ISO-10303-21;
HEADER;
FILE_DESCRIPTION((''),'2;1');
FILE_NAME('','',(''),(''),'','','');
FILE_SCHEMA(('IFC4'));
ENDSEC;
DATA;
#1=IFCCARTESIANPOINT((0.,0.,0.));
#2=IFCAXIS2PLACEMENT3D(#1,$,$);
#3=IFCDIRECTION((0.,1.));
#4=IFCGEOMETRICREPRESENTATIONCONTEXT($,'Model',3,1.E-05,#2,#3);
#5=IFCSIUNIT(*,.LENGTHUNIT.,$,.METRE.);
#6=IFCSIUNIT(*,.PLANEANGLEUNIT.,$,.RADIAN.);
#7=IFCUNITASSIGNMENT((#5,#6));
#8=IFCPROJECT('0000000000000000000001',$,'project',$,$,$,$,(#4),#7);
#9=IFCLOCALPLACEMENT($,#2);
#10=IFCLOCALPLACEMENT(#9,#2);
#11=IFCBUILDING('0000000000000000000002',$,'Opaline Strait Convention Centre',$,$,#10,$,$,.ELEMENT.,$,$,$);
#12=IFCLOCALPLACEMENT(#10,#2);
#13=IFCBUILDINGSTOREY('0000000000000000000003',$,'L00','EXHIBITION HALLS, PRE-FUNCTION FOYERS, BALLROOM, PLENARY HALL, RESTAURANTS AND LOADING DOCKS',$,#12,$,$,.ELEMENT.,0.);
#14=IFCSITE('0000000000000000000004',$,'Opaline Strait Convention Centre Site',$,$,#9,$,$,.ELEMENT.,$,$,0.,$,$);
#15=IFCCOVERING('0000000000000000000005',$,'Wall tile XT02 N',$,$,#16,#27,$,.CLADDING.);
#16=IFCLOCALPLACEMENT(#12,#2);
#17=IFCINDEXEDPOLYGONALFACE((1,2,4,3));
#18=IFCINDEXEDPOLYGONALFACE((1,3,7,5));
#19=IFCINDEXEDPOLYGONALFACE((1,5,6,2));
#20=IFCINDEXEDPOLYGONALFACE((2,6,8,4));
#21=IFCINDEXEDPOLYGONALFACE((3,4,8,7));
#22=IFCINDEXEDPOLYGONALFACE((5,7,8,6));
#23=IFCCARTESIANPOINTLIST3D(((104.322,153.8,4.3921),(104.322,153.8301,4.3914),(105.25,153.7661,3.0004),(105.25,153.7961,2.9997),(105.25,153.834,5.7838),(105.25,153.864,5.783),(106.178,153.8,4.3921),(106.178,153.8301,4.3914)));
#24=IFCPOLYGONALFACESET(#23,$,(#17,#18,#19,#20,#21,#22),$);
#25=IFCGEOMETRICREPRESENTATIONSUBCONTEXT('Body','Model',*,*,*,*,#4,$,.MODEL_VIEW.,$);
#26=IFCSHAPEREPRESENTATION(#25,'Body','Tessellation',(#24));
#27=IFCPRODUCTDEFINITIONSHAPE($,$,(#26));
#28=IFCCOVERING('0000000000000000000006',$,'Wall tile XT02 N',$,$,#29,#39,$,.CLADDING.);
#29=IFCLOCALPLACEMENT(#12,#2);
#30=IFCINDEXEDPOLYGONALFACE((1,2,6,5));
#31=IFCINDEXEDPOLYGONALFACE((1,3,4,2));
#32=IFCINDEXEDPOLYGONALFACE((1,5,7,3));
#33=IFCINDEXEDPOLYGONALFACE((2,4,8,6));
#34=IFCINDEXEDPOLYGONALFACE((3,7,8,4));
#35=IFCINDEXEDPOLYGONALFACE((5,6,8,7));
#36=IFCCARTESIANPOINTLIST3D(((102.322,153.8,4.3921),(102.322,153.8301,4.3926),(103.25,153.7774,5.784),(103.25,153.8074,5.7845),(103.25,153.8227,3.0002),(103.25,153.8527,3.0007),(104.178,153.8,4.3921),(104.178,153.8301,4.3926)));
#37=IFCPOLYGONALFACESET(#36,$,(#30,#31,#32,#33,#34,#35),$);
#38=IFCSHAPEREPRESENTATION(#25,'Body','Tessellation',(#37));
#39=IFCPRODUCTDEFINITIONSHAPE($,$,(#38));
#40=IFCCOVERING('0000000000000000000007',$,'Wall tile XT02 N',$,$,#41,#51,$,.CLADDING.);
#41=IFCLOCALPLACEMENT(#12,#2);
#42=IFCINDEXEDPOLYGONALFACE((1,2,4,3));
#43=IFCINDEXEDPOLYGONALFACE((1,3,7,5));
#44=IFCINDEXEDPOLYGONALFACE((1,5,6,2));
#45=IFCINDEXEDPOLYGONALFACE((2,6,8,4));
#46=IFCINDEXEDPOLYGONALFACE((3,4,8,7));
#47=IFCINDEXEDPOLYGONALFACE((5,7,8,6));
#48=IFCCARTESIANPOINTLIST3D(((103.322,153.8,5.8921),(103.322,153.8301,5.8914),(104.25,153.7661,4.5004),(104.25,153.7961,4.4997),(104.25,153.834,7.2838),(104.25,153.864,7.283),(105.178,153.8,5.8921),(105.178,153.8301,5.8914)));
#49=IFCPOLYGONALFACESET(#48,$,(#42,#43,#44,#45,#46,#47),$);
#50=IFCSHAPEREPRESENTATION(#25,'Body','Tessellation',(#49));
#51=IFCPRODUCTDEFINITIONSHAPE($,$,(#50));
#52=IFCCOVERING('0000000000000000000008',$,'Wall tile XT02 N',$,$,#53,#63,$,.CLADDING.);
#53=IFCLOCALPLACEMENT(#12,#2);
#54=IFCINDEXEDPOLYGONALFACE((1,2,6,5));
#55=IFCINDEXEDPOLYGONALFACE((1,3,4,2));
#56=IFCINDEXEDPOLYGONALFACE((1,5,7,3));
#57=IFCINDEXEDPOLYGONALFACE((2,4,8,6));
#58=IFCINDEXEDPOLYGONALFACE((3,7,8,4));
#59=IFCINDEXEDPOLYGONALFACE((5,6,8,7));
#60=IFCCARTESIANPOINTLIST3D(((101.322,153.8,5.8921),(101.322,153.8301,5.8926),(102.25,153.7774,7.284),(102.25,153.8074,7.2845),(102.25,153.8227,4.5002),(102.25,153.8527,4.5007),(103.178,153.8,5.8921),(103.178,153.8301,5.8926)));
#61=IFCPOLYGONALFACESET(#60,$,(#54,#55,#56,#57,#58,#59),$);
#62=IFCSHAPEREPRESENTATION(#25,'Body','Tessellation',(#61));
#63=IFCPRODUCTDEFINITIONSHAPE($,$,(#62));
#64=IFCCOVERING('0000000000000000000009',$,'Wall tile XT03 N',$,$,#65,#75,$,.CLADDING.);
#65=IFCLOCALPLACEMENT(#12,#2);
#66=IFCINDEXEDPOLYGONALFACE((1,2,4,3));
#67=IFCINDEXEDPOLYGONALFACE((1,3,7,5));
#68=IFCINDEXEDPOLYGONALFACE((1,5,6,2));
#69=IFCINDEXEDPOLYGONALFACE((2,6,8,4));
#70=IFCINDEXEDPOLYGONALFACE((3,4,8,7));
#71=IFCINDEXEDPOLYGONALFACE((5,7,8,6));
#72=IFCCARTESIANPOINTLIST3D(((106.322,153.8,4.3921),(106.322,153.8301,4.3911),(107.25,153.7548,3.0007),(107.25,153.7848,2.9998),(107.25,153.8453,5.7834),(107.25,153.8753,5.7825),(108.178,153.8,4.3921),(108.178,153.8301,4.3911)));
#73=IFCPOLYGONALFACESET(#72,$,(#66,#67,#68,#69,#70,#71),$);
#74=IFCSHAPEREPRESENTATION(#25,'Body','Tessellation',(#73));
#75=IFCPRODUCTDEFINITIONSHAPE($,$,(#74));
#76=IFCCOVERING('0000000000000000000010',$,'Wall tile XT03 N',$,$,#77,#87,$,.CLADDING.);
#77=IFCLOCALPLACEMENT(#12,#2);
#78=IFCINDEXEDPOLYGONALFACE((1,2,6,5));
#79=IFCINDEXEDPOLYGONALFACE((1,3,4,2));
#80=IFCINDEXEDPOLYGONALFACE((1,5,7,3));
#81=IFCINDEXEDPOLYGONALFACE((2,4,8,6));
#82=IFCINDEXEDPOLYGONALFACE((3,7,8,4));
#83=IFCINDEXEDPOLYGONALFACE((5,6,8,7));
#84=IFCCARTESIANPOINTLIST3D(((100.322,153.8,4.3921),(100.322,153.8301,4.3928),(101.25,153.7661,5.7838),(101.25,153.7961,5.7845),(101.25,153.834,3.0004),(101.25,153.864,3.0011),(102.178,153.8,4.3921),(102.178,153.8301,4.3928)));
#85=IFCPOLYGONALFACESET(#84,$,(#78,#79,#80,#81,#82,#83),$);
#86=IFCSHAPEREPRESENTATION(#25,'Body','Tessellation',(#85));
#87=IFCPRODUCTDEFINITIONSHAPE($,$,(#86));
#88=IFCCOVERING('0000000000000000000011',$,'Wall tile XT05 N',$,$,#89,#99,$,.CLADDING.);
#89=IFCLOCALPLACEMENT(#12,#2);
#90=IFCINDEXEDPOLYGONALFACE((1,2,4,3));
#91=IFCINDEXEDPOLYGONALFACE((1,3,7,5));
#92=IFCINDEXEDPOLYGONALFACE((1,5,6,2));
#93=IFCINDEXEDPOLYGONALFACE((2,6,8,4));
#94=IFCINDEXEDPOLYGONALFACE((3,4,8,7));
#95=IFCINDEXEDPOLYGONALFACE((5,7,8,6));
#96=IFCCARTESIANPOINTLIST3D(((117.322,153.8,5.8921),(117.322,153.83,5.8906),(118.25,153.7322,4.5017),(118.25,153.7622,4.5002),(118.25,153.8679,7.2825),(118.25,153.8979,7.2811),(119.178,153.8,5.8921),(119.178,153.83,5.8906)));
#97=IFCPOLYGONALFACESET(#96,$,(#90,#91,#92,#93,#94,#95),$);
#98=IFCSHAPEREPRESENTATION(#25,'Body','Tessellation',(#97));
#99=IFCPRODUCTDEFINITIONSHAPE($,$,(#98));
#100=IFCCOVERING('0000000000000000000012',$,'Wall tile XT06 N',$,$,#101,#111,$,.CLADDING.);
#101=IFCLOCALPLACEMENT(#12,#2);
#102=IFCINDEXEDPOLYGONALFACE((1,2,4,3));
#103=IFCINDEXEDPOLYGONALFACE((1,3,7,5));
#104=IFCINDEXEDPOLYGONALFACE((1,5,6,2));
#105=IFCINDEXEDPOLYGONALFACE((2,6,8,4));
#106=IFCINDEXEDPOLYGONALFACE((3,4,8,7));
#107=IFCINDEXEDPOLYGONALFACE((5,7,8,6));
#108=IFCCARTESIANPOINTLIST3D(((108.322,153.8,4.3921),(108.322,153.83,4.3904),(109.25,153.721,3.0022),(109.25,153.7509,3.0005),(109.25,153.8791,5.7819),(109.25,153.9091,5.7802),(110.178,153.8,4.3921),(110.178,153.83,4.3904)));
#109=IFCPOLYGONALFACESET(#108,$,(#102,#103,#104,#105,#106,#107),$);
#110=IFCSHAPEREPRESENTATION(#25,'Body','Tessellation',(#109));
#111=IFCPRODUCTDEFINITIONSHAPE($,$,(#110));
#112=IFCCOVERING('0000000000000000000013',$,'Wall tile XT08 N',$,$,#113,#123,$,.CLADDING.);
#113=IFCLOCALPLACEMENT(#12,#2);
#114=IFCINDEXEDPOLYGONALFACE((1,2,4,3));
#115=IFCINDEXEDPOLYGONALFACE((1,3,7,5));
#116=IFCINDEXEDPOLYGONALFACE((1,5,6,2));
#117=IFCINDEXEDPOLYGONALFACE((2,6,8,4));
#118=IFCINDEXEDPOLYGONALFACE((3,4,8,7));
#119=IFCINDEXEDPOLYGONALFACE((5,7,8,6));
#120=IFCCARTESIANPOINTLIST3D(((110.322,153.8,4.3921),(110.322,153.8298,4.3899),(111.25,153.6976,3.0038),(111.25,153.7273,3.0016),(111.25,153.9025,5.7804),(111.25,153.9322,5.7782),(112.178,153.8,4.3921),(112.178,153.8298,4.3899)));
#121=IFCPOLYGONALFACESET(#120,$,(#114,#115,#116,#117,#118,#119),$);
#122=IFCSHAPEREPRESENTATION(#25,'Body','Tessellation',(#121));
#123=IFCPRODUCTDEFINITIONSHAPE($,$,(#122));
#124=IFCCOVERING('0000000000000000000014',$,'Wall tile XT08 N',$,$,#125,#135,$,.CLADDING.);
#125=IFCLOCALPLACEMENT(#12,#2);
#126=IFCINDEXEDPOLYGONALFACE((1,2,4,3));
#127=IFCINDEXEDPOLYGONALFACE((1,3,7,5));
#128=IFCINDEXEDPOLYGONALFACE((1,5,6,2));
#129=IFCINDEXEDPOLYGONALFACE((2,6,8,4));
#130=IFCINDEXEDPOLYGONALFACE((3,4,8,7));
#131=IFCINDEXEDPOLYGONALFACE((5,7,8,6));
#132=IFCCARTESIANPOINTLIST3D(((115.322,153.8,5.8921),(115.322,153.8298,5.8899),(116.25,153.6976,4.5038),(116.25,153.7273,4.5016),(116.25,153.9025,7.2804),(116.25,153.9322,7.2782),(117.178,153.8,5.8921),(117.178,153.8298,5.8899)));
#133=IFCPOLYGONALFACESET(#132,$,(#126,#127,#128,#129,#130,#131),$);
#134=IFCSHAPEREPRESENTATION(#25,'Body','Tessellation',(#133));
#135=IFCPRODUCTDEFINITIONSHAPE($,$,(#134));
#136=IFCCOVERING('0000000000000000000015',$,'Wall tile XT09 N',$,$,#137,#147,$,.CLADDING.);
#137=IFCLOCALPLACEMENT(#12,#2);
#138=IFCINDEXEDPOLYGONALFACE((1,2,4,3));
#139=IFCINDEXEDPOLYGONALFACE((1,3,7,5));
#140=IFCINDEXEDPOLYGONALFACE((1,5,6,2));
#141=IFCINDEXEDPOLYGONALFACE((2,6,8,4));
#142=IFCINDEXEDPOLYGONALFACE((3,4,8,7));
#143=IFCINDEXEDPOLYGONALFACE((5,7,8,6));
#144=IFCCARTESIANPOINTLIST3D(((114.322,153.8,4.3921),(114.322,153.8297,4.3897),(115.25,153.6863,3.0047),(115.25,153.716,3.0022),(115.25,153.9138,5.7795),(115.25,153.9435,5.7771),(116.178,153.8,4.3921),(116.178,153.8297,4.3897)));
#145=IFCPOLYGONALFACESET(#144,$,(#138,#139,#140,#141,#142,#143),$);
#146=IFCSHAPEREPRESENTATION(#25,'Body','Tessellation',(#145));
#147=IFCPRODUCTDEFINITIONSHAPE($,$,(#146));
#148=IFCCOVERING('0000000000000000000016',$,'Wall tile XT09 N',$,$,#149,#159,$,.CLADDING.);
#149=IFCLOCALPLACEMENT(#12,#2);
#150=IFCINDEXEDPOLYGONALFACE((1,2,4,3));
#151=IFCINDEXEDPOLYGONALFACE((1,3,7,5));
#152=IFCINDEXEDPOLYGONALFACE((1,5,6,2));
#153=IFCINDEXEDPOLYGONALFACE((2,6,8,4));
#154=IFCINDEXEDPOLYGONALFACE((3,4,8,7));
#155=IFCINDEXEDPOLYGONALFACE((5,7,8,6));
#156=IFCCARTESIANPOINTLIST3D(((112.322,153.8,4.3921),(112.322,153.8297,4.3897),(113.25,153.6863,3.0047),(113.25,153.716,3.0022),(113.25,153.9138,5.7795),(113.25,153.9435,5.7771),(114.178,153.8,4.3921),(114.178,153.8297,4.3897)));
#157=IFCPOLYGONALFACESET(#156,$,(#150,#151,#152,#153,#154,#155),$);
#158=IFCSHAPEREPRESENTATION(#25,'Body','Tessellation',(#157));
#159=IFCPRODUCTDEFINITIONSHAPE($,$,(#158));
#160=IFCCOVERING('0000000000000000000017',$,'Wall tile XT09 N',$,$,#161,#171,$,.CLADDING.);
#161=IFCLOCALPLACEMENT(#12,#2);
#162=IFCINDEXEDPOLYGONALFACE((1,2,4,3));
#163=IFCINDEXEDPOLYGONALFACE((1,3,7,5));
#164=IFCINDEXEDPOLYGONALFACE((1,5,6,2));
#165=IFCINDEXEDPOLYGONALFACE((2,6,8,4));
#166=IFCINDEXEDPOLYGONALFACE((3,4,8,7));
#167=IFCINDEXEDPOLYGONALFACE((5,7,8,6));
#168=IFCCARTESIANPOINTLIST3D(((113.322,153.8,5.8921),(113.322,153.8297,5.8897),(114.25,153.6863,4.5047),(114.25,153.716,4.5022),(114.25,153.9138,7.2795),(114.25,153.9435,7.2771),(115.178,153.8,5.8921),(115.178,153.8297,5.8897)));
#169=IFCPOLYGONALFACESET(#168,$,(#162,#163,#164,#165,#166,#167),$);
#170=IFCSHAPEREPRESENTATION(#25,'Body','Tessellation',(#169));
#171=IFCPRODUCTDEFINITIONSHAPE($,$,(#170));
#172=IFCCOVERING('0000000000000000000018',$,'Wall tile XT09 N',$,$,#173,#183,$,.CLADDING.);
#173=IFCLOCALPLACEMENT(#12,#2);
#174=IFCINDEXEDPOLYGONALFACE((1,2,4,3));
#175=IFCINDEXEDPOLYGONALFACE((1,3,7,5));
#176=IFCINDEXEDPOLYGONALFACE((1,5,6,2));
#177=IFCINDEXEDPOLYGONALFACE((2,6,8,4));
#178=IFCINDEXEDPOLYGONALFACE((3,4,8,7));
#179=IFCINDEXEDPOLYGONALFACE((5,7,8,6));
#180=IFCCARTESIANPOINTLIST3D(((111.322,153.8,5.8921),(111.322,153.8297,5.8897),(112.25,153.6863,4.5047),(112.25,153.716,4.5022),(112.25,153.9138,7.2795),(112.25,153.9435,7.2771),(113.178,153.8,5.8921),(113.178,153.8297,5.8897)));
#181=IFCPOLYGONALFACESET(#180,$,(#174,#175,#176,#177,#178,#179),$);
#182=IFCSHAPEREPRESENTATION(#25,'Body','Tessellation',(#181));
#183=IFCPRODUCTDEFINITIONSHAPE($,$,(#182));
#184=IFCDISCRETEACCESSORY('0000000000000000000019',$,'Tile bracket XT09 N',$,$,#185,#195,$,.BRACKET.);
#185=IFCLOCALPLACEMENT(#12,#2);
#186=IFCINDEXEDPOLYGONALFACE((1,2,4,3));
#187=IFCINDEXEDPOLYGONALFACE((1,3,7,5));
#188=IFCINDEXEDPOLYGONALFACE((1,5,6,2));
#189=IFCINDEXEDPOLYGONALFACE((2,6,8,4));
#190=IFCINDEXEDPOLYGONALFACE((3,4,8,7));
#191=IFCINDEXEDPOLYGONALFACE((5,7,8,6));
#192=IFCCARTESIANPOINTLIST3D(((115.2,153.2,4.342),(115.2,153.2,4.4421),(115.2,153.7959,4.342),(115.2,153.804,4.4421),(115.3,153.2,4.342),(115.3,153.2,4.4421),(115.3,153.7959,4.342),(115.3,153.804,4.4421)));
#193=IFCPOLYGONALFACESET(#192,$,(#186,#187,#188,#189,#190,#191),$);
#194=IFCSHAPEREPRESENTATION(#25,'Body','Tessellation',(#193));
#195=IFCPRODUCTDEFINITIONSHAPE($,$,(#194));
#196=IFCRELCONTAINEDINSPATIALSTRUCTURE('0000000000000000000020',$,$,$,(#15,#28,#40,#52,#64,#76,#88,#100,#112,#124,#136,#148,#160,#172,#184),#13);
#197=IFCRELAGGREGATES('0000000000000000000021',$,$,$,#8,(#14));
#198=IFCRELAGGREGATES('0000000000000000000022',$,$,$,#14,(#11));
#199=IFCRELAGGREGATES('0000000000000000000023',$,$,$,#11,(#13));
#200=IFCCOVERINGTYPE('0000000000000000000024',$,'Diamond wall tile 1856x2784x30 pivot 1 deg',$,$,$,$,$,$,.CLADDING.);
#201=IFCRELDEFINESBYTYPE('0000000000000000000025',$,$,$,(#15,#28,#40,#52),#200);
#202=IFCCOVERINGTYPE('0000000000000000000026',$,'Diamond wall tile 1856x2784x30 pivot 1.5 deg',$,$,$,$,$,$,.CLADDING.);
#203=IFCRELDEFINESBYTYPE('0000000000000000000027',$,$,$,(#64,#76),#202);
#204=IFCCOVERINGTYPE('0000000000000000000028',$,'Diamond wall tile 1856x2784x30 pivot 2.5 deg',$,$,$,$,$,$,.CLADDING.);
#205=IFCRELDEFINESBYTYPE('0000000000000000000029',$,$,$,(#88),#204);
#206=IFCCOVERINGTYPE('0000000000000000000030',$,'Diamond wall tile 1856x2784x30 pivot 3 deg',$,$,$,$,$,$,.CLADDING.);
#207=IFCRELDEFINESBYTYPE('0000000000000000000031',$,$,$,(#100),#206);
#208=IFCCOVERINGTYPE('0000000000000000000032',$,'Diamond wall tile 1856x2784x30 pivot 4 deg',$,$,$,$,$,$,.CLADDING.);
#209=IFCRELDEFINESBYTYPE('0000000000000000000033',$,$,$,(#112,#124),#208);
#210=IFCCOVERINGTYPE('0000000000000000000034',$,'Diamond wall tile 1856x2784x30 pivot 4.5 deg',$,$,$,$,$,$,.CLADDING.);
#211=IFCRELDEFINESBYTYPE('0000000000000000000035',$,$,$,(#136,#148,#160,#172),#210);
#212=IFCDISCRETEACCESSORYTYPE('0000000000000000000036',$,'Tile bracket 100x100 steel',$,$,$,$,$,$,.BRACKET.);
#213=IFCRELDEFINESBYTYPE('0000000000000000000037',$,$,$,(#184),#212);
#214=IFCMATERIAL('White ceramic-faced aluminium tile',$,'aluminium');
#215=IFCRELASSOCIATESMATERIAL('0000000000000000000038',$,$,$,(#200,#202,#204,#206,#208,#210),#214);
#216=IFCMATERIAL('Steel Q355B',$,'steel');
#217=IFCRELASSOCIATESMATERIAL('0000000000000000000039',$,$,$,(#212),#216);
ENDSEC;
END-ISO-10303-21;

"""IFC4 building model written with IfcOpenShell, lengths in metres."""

from ifc_helpers import new_model, si_unit, direction, frame, origin, place, context, subcontext, project, spatial, polyline, outline, extrude, material, material_profile, profile_set, type_object, element, save


model = new_model("IFC4")

# Units and contexts
model_context = context("Model", 3, precision=1e-05, world=origin(), true_north=direction((0.0, 1.0)))
body_context = subcontext(model_context, "Body", "Model", "MODEL_VIEW")
ifc_project = project(units=[si_unit("LENGTHUNIT", "METRE"), si_unit("PLANEANGLEUNIT", "RADIAN")], contexts=[model_context])

# Site, building, storey
site_placement = place(None, origin())
site = spatial("IfcSite", under=ifc_project, at=site_placement, Name="Opaline Strait Convention Centre Site", CompositionType="ELEMENT", RefElevation=0.0)
building_placement = place(site_placement, origin())
building = spatial("IfcBuilding", under=site, at=building_placement, Name="Opaline Strait Convention Centre", CompositionType="ELEMENT")
storey_placement = place(building_placement, origin())
storey = spatial("IfcBuildingStorey", under=building, at=storey_placement, Name="L00", Description="EXHIBITION HALLS, PRE-FUNCTION FOYERS, BALLROOM, PLENARY HALL, RESTAURANTS AND LOADING DOCKS", CompositionType="ELEMENT", Elevation=0.0)

# Coverings
ifc_material_1 = material(Name="White ceramic-faced aluminium tile", Category="aluminium")
ifc_material_profile_1 = material_profile(ifc_material_1, outline(polyline([(0.928, 0.0), (0.0, 1.3921), (-0.928, 0.0), (0.0, -1.3921), (0.928, 0.0)])), Name="Diamond tile 1856x2784")
ifc_profile_set_1 = profile_set([ifc_material_profile_1], Name="White ceramic-faced aluminium tile")
covering_type_1 = type_object("IfcCoveringType", Name="Diamond wall tile 1856x2784x30 pivot 1 deg", PredefinedType="CLADDING", material=ifc_profile_set_1)
for number, where, z_axis, x_axis, name in (
    (1, (105.25, 153.8, 4.3921), (0.0, 0.999703, -0.024383), (-1.0, 0.0, 0.0), "Wall tile XT02 N"),
    (2, (103.25, 153.8, 4.3921), (0.0, 0.999868, 0.016258), (-1.0, 0.0, 0.0), "Wall tile XT02 N"),
    (3, (104.25, 153.8, 5.8921), (0.0, 0.999703, -0.024383), (-1.0, 0.0, 0.0), "Wall tile XT02 N"),
    (4, (102.25, 153.8, 5.8921), (0.0, 0.999868, 0.016258), (-1.0, 0.0, 0.0), "Wall tile XT02 N"),
):
    element("IfcCovering", number, at=place(storey_placement, frame(where, z_axis=z_axis, x_axis=x_axis)), inside=storey, type_object=covering_type_1, Name=name, PredefinedType="CLADDING", context=body_context, shape_type="SweptSolid", body=[
        extrude(outline(polyline([(0.928, 0.0), (0.0, 1.3921), (-0.928, 0.0), (0.0, -1.3921), (0.928, 0.0)])), origin(), (0.0, 0.0, 1.0), 0.03),
    ])
ifc_material_profile_2 = material_profile(ifc_material_1, outline(polyline([(0.928, 0.0), (0.0, 1.3921), (-0.928, 0.0), (0.0, -1.3921), (0.928, 0.0)])), Name="Diamond tile 1856x2784")
ifc_profile_set_2 = profile_set([ifc_material_profile_2], Name="White ceramic-faced aluminium tile")
covering_type_2 = type_object("IfcCoveringType", Name="Diamond wall tile 1856x2784x30 pivot 1.5 deg", PredefinedType="CLADDING", material=ifc_profile_set_2)
for number, where, z_axis, x_axis, name in (
    (5, (107.25, 153.8, 4.3921), (0.0, 0.999472, -0.032503), (-1.0, 0.0, 0.0), "Wall tile XT03 N"),
    (6, (101.25, 153.8, 4.3921), (0.0, 0.999703, 0.024383), (-1.0, 0.0, 0.0), "Wall tile XT03 N"),
):
    element("IfcCovering", number, at=place(storey_placement, frame(where, z_axis=z_axis, x_axis=x_axis)), inside=storey, type_object=covering_type_2, Name=name, PredefinedType="CLADDING", context=body_context, shape_type="SweptSolid", body=[
        extrude(outline(polyline([(0.928, 0.0), (0.0, 1.3921), (-0.928, 0.0), (0.0, -1.3921), (0.928, 0.0)])), origin(), (0.0, 0.0, 1.0), 0.03),
    ])
ifc_material_profile_3 = material_profile(ifc_material_1, outline(polyline([(0.928, 0.0), (0.0, 1.3921), (-0.928, 0.0), (0.0, -1.3921), (0.928, 0.0)])), Name="Diamond tile 1856x2784")
ifc_profile_set_3 = profile_set([ifc_material_profile_3], Name="White ceramic-faced aluminium tile")
covering_type_3 = type_object("IfcCoveringType", Name="Diamond wall tile 1856x2784x30 pivot 2.5 deg", PredefinedType="CLADDING", material=ifc_profile_set_3)
covering_1_placement = place(storey_placement, frame((118.25, 153.8, 5.8921), z_axis=(0.0, 0.998812, -0.048723), x_axis=(-1.0, 0.0, 0.0)))
element("IfcCovering", 7, at=covering_1_placement, inside=storey, type_object=covering_type_3, Name="Wall tile XT05 N", PredefinedType="CLADDING", context=body_context, shape_type="SweptSolid", body=[
    extrude(outline(polyline([(0.928, 0.0), (0.0, 1.3921), (-0.928, 0.0), (0.0, -1.3921), (0.928, 0.0)])), origin(), (0.0, 0.0, 1.0), 0.03),
])
ifc_material_profile_4 = material_profile(ifc_material_1, outline(polyline([(0.928, 0.0), (0.0, 1.3921), (-0.928, 0.0), (0.0, -1.3921), (0.928, 0.0)])), Name="Diamond tile 1856x2784")
ifc_profile_set_4 = profile_set([ifc_material_profile_4], Name="White ceramic-faced aluminium tile")
covering_type_4 = type_object("IfcCoveringType", Name="Diamond wall tile 1856x2784x30 pivot 3 deg", PredefinedType="CLADDING", material=ifc_profile_set_4)
covering_2_placement = place(storey_placement, frame((109.25, 153.8, 4.3921), z_axis=(0.0, 0.998385, -0.056819), x_axis=(-1.0, 0.0, 0.0)))
element("IfcCovering", 8, at=covering_2_placement, inside=storey, type_object=covering_type_4, Name="Wall tile XT06 N", PredefinedType="CLADDING", context=body_context, shape_type="SweptSolid", body=[
    extrude(outline(polyline([(0.928, 0.0), (0.0, 1.3921), (-0.928, 0.0), (0.0, -1.3921), (0.928, 0.0)])), origin(), (0.0, 0.0, 1.0), 0.03),
])
ifc_material_profile_5 = material_profile(ifc_material_1, outline(polyline([(0.928, 0.0), (0.0, 1.3921), (-0.928, 0.0), (0.0, -1.3921), (0.928, 0.0)])), Name="Diamond tile 1856x2784")
ifc_profile_set_5 = profile_set([ifc_material_profile_5], Name="White ceramic-faced aluminium tile")
covering_type_5 = type_object("IfcCoveringType", Name="Diamond wall tile 1856x2784x30 pivot 4 deg", PredefinedType="CLADDING", material=ifc_profile_set_5)
for number, where, z_axis, x_axis, name in (
    (9, (111.25, 153.8, 4.3921), (0.0, 0.99729, -0.073571), (-1.0, 0.0, 0.0), "Wall tile XT08 N"),
    (10, (116.25, 153.8, 5.8921), (0.0, 0.99729, -0.073571), (-1.0, 0.0, 0.0), "Wall tile XT08 N"),
):
    element("IfcCovering", number, at=place(storey_placement, frame(where, z_axis=z_axis, x_axis=x_axis)), inside=storey, type_object=covering_type_5, Name=name, PredefinedType="CLADDING", context=body_context, shape_type="SweptSolid", body=[
        extrude(outline(polyline([(0.928, 0.0), (0.0, 1.3921), (-0.928, 0.0), (0.0, -1.3921), (0.928, 0.0)])), origin(), (0.0, 0.0, 1.0), 0.0298),
    ])
ifc_material_profile_6 = material_profile(ifc_material_1, outline(polyline([(0.928, 0.0), (0.0, 1.3921), (-0.928, 0.0), (0.0, -1.3921), (0.928, 0.0)])), Name="Diamond tile 1856x2784")
ifc_profile_set_6 = profile_set([ifc_material_profile_6], Name="White ceramic-faced aluminium tile")
covering_type_6 = type_object("IfcCoveringType", Name="Diamond wall tile 1856x2784x30 pivot 4.5 deg", PredefinedType="CLADDING", material=ifc_profile_set_6)
for number, where, z_axis, x_axis, name in (
    (11, (115.25, 153.8, 4.3921), (0.0, 0.996658, -0.081693), (-1.0, 0.0, 0.0), "Wall tile XT09 N"),
    (12, (113.25, 153.8, 4.3921), (0.0, 0.996658, -0.081693), (-1.0, 0.0, 0.0), "Wall tile XT09 N"),
    (13, (114.25, 153.8, 5.8921), (0.0, 0.996658, -0.081693), (-1.0, 0.0, 0.0), "Wall tile XT09 N"),
    (14, (112.25, 153.8, 5.8921), (0.0, 0.996658, -0.081693), (-1.0, 0.0, 0.0), "Wall tile XT09 N"),
):
    element("IfcCovering", number, at=place(storey_placement, frame(where, z_axis=z_axis, x_axis=x_axis)), inside=storey, type_object=covering_type_6, Name=name, PredefinedType="CLADDING", context=body_context, shape_type="SweptSolid", body=[
        extrude(outline(polyline([(0.928, 0.0), (0.0, 1.3921), (-0.928, 0.0), (0.0, -1.3921), (0.928, 0.0)])), origin(), (0.0, 0.0, 1.0), 0.0298),
    ])

# Discrete accessory
ifc_material_2 = material(Name="Steel Q355B", Category="steel")
discrete_accessory_type = type_object("IfcDiscreteAccessoryType", Name="Tile bracket 100x100 steel", PredefinedType="BRACKET", material=ifc_material_2)
for number, where, z_axis, x_axis, name in (
    (15, (115.3, 153.2, 4.3921), (-1.0, 0.0, 0.0), (0.0, -1.0, 0.0), "Tile bracket XT09 N"),
):
    element("IfcDiscreteAccessory", number, at=place(storey_placement, frame(where, z_axis=z_axis, x_axis=x_axis)), inside=storey, type_object=discrete_accessory_type, Name=name, PredefinedType="BRACKET", context=body_context, shape_type="SweptSolid", body=[
        extrude(outline(polyline([(0.0, -0.05), (0.0, 0.05), (-0.604, 0.05), (-0.5959, -0.05), (0.0, -0.05)])), origin(), (0.0, 0.0, 1.0), 0.1001),
    ])

save(model, "model.ifc")
